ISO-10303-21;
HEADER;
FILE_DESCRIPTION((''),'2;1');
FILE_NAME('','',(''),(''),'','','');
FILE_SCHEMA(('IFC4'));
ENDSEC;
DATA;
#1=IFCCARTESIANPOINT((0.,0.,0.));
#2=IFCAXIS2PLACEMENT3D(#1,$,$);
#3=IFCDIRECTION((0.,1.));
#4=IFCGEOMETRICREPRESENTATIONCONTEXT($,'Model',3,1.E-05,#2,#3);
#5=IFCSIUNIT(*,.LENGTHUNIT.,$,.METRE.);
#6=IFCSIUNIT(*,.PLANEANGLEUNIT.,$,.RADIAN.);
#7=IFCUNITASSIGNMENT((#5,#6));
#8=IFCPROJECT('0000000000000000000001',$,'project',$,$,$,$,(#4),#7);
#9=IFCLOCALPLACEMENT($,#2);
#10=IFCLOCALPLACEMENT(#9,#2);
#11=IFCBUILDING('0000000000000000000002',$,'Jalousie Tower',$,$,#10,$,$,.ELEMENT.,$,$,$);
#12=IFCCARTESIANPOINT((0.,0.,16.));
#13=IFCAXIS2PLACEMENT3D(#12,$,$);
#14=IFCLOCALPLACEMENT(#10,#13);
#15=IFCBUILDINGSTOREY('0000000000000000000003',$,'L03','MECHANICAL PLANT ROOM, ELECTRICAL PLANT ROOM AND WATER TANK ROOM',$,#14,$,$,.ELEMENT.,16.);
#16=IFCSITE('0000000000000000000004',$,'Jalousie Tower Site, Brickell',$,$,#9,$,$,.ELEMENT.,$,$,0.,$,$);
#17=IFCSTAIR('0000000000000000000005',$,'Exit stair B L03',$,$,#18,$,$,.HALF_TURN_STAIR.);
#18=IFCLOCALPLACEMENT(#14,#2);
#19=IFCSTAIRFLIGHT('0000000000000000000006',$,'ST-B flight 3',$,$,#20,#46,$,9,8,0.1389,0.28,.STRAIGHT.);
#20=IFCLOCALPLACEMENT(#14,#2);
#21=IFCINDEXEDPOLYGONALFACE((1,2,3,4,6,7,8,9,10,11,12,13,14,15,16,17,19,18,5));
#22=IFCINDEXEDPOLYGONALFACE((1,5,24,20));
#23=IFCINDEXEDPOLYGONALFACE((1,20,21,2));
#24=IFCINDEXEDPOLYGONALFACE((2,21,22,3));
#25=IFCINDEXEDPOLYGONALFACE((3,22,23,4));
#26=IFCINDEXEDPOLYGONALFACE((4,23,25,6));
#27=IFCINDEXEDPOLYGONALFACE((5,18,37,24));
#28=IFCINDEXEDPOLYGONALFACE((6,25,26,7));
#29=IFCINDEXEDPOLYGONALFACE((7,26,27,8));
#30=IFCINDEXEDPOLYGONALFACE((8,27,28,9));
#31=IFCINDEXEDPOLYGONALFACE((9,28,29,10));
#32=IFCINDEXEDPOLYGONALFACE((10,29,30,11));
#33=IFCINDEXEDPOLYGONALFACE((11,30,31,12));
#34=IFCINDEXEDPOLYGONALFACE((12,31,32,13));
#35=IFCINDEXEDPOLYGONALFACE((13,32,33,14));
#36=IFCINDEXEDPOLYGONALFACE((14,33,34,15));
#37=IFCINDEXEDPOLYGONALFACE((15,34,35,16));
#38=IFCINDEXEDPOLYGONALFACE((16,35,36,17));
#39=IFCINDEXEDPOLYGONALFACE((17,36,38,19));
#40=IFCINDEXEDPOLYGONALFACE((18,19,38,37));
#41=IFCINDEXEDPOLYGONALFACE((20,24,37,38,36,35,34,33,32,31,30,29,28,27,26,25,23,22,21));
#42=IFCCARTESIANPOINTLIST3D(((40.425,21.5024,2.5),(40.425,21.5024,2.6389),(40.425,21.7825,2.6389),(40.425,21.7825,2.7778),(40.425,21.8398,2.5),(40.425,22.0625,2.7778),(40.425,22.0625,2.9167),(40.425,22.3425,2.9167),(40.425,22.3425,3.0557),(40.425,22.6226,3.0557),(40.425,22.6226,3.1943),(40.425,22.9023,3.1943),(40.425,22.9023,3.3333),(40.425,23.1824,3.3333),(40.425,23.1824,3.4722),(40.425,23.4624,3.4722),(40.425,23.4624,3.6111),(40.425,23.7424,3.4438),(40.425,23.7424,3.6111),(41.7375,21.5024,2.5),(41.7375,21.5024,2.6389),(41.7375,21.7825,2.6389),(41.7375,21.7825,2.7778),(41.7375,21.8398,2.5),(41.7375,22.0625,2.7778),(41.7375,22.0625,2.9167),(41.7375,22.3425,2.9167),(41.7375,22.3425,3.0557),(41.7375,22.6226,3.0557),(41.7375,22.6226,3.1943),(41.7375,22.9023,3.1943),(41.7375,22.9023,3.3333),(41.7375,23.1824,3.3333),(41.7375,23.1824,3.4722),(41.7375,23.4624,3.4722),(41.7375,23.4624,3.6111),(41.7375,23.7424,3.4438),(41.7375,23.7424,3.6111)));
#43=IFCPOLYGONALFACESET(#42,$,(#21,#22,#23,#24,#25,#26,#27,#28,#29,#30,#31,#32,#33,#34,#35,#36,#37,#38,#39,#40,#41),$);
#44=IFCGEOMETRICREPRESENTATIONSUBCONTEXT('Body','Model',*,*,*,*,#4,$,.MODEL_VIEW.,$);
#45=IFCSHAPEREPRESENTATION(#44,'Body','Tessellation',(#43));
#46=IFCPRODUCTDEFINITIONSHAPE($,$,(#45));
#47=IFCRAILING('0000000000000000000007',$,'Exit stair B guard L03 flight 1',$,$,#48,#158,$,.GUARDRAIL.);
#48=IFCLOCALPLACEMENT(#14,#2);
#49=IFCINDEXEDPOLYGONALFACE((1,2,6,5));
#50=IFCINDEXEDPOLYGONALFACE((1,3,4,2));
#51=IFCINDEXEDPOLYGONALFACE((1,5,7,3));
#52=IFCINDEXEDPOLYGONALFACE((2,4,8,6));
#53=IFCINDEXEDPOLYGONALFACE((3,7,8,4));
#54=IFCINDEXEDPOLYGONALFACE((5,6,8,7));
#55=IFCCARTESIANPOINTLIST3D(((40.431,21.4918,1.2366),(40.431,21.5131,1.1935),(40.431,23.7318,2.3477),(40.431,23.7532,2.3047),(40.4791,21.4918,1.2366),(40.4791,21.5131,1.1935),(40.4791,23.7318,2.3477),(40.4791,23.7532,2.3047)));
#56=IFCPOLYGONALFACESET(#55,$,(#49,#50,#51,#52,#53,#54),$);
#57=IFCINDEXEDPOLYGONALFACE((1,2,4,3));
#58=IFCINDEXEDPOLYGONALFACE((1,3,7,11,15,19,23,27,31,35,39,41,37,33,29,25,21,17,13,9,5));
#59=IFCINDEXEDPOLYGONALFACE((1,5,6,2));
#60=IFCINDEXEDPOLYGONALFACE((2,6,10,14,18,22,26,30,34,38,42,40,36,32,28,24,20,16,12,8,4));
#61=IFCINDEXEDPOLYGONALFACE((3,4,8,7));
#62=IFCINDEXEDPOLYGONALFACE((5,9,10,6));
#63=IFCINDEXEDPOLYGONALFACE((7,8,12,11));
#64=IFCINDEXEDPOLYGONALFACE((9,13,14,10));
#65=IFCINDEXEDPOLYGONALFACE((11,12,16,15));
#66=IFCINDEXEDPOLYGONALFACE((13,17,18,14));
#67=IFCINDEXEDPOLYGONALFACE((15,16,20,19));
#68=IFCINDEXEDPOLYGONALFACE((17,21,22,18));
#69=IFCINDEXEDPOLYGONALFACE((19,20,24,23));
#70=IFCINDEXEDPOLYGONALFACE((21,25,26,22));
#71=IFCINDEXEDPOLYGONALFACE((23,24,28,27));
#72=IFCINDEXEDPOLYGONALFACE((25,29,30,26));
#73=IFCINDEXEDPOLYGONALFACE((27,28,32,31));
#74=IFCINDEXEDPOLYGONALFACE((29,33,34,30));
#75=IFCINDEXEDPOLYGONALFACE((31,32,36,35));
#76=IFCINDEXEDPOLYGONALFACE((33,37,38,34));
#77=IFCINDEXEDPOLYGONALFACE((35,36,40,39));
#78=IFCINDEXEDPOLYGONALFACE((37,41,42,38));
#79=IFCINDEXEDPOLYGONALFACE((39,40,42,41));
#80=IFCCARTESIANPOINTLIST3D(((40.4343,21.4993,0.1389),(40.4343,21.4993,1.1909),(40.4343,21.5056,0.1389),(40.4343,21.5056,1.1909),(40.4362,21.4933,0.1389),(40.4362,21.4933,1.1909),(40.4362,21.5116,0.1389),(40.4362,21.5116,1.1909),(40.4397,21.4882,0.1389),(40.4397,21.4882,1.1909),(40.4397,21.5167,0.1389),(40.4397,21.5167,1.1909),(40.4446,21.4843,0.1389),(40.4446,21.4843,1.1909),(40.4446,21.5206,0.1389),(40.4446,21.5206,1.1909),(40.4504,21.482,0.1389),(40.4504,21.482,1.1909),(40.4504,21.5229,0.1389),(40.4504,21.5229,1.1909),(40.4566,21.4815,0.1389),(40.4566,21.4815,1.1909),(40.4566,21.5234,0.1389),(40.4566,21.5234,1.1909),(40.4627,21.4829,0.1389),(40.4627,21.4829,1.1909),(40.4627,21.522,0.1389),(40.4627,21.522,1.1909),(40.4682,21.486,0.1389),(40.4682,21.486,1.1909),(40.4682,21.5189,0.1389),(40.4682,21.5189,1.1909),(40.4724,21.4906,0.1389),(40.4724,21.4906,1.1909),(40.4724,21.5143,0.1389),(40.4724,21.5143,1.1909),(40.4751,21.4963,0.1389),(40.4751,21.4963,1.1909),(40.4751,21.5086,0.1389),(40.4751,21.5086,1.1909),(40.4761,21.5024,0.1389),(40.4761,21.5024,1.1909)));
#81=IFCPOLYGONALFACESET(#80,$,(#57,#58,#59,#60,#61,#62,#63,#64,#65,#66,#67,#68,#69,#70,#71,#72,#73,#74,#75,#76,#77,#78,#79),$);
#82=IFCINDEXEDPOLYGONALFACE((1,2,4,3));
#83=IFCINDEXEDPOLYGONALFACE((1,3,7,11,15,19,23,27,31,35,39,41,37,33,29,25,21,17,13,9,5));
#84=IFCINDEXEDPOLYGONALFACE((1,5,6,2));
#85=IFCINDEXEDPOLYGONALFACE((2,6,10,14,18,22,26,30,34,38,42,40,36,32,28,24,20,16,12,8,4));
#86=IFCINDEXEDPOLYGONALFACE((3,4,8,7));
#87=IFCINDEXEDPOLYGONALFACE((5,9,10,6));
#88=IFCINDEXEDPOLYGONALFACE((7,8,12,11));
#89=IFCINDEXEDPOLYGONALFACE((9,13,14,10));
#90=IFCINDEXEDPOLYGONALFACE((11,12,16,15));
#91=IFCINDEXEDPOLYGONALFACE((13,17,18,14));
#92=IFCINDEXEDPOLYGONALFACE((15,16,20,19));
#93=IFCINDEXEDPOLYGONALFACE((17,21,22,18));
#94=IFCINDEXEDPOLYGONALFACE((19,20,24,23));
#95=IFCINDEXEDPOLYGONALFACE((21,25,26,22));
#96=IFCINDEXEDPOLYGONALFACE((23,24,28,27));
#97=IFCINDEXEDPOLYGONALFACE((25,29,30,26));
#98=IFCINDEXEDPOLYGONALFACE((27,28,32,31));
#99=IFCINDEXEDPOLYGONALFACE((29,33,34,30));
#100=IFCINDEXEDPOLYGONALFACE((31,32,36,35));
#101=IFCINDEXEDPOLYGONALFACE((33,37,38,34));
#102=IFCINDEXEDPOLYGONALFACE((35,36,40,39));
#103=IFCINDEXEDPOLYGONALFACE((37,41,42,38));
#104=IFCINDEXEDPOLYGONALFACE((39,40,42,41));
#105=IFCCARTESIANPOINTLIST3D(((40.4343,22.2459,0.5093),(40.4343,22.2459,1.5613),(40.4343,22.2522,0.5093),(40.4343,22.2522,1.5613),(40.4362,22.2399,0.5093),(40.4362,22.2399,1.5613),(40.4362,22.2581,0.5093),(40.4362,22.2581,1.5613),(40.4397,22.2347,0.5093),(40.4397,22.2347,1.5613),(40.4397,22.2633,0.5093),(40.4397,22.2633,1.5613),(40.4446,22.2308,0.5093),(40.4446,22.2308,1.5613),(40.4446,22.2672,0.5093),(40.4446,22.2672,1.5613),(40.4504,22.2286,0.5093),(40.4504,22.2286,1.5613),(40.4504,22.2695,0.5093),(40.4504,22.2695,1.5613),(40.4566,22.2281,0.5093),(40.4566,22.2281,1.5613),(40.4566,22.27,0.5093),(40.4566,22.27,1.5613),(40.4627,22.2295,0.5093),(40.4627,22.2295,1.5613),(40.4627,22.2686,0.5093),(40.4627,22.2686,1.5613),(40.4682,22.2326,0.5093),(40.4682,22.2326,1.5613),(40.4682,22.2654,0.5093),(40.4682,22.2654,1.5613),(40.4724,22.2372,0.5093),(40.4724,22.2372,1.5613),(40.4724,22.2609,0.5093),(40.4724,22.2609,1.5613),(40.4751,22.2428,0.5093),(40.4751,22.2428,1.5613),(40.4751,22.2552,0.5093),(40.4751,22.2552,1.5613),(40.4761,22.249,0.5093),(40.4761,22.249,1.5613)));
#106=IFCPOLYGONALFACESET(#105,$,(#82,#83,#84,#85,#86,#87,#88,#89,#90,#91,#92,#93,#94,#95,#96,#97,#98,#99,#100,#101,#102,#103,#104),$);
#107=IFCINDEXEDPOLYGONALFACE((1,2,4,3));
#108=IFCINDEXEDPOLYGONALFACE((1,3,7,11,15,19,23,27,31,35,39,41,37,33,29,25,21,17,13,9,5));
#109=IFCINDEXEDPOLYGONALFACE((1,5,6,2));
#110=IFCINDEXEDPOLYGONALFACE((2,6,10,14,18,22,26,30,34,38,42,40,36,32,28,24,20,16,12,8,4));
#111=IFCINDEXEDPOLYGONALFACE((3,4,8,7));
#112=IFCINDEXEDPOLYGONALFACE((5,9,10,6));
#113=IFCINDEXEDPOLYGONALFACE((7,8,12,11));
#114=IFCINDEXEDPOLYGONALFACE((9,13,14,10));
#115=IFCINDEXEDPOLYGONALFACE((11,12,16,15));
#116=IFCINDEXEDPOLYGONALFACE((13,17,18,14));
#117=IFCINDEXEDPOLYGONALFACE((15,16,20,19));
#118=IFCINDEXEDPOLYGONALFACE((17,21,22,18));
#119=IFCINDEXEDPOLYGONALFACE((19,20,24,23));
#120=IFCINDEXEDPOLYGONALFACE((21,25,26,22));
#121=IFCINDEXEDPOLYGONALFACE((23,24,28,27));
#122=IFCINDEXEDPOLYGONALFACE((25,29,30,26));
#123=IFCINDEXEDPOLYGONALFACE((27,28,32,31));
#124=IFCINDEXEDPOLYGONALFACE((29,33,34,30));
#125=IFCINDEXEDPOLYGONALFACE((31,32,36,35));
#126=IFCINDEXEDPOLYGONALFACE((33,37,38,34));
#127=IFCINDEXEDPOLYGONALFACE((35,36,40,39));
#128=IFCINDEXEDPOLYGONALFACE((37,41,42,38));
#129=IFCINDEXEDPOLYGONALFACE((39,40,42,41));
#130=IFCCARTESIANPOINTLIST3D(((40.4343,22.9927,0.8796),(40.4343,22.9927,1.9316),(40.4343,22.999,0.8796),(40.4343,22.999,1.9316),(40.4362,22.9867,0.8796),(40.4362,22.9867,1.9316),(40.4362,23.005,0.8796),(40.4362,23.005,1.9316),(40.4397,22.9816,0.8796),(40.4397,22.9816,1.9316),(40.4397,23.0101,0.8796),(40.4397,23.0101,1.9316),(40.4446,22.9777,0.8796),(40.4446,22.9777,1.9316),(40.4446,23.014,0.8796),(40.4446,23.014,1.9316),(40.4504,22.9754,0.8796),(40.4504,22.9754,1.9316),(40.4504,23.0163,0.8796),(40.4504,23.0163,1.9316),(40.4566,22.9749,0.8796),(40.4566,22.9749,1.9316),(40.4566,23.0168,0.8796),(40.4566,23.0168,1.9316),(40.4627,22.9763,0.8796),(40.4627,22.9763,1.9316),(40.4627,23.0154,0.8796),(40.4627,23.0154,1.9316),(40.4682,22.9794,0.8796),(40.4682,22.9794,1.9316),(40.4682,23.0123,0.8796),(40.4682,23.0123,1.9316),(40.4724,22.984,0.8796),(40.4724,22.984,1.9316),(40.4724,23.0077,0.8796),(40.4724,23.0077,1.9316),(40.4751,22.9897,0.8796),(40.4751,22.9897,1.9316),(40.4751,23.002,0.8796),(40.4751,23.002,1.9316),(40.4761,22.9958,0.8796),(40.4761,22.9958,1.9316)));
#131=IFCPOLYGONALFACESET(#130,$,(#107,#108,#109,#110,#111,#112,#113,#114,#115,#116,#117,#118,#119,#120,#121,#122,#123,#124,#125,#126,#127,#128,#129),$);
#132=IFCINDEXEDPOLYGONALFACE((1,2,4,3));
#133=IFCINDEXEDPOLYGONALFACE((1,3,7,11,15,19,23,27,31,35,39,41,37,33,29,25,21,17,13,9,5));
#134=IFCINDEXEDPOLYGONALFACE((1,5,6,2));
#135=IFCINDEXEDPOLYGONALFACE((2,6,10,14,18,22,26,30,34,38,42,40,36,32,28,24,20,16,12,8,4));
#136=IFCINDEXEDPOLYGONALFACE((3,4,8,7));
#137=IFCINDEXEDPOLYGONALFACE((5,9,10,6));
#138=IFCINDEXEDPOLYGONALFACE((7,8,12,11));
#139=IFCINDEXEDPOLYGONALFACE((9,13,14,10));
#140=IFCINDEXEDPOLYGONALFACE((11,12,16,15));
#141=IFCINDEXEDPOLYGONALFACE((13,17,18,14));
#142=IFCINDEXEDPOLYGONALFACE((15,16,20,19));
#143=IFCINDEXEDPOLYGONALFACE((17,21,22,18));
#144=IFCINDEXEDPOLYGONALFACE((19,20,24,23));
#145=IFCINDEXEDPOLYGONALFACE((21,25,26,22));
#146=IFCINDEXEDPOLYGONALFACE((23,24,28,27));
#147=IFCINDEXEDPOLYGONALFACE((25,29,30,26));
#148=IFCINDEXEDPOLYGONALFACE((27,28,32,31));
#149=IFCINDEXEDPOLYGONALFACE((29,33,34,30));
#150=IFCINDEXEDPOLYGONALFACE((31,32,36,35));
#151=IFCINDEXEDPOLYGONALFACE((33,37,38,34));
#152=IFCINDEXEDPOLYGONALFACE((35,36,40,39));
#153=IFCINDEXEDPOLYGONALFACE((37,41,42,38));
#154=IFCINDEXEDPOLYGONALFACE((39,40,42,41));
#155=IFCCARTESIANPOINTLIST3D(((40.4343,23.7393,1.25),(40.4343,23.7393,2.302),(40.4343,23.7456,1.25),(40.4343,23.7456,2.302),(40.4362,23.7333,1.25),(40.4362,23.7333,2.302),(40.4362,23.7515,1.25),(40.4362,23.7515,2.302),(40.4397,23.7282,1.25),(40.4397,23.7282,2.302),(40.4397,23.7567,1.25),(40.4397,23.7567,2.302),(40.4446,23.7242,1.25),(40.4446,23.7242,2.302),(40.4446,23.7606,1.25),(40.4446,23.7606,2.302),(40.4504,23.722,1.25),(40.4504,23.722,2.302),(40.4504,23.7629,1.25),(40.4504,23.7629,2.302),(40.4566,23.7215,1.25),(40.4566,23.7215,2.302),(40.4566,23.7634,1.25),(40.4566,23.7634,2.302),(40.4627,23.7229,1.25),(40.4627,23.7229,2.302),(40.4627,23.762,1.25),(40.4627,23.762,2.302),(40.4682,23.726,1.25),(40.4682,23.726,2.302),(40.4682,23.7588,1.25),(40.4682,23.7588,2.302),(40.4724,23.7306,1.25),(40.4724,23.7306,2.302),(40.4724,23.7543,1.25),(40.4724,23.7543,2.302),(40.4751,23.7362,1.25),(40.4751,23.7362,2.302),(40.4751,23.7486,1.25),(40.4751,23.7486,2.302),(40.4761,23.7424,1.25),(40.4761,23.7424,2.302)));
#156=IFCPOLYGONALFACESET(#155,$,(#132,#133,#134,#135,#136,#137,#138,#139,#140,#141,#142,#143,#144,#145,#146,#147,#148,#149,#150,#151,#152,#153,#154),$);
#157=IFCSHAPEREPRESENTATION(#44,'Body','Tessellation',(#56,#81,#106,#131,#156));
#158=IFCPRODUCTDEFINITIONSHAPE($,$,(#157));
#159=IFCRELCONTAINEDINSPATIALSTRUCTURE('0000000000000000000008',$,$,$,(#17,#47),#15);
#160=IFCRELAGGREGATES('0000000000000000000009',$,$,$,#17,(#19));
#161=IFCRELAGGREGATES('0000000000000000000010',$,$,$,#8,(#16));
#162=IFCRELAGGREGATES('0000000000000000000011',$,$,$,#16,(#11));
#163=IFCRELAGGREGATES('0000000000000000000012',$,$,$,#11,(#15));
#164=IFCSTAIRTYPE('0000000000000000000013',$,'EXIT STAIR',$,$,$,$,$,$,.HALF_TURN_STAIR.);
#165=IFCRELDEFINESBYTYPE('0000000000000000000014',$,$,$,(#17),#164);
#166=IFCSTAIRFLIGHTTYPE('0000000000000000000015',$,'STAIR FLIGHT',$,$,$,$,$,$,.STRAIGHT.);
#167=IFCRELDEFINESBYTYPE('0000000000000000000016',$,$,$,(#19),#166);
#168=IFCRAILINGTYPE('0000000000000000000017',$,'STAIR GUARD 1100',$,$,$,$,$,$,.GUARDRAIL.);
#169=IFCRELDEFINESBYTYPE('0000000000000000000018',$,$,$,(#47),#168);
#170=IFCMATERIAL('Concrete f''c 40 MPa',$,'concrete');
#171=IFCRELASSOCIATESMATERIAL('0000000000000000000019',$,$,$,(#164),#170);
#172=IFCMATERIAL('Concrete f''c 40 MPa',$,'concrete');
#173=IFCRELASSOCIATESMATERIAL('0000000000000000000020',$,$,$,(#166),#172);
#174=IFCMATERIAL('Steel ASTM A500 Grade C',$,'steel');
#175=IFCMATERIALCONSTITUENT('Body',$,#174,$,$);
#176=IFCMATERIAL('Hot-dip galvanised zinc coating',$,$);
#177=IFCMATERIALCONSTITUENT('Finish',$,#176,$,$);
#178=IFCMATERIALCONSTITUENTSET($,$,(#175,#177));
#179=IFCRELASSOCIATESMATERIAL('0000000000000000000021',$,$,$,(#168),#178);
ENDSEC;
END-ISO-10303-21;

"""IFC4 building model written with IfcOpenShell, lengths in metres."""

from ifc_helpers import new_model, si_unit, direction, frame, origin, origin_2d, place, context, subcontext, project, spatial, polyline, rectangle, circle, outline, extrude, material, constituent, constituent_set, type_object, element, aggregate, save


model = new_model("IFC4")

# Units and contexts
model_context = context("Model", 3, precision=1e-05, world=origin(), true_north=direction((0.0, 1.0)))
body_context = subcontext(model_context, "Body", "Model", "MODEL_VIEW")
ifc_project = project(units=[si_unit("LENGTHUNIT", "METRE"), si_unit("PLANEANGLEUNIT", "RADIAN")], contexts=[model_context])

# Site, building, storey
site_placement = place(None, origin())
site = spatial("IfcSite", under=ifc_project, at=site_placement, Name="Jalousie Tower Site, Brickell", CompositionType="ELEMENT", RefElevation=0.0)
building_placement = place(site_placement, origin())
building = spatial("IfcBuilding", under=site, at=building_placement, Name="Jalousie Tower", CompositionType="ELEMENT")
storey_placement = place(building_placement, frame((0.0, 0.0, 16.0)))
storey = spatial("IfcBuildingStorey", under=building, at=storey_placement, Name="L03", Description="MECHANICAL PLANT ROOM, ELECTRICAL PLANT ROOM AND WATER TANK ROOM", CompositionType="ELEMENT", Elevation=16.0)

# Stair, stair flight
ifc_material_1 = material(Name="Concrete f'c 40 MPa", Category="concrete")
stair_type = type_object("IfcStairType", Name="EXIT STAIR", PredefinedType="HALF_TURN_STAIR", material=ifc_material_1)
stair_placement = place(storey_placement, origin())
stair = element("IfcStair", 1, at=stair_placement, inside=storey, type_object=stair_type, Name="Exit stair B L03", PredefinedType="HALF_TURN_STAIR")
ifc_material_2 = material(Name="Concrete f'c 40 MPa", Category="concrete")
stair_flight_type = type_object("IfcStairFlightType", Name="STAIR FLIGHT", PredefinedType="STRAIGHT", material=ifc_material_2)
stair_flight_1_placement = place(storey_placement, frame((41.0813, 21.5024, 2.5), z_axis=(0.0, 0.0, 1.0), x_axis=(0.0, 1.0, 0.0)))
stair_flight_1 = element("IfcStairFlight", 2, at=stair_flight_1_placement, type_object=stair_flight_type, Name="ST-B flight 3", NumberOfRisers=9, NumberOfTreads=8, PredefinedType="STRAIGHT", RiserHeight=0.1389, TreadLength=0.28, context=body_context, shape_type="SweptSolid", body=[
    extrude(outline(polyline([(0.0, 0.0), (0.0, 0.1389), (0.28, 0.1389), (0.28, 0.2778), (0.5601, 0.2778), (0.5601, 0.4167), (0.8401, 0.4167), (0.8401, 0.5557), (1.1201, 0.5557), (1.1201, 0.6943), (1.3999, 0.6943), (1.3999, 0.8333), (1.6799, 0.8333), (1.6799, 0.9722), (1.96, 0.9722), (1.96, 1.1111), (2.24, 1.1111), (2.24, 1.25), (2.24, 0.9438), (0.3374, 0.0), (0.0, 0.0)])), frame((0.0, 0.6562, 0.0), z_axis=(0.0, -1.0, 0.0), x_axis=(1.0, 0.0, 0.0)), (0.0, 0.0, 1.0), 1.3125),
])
aggregate(stair, [stair_flight_1])

# Railing
ifc_material_3 = material(Name="Steel ASTM A500 Grade C", Category="steel")
ifc_constituent_1 = constituent(ifc_material_3, Name="Body")
ifc_material_4 = material(Name="Hot-dip galvanised zinc coating")
ifc_constituent_2 = constituent(ifc_material_4, Name="Finish")
ifc_constituent_set_1 = constituent_set(constituents=[ifc_constituent_1, ifc_constituent_2])
railing_type_1 = type_object("IfcRailingType", Name="STAIR GUARD 1100", PredefinedType="GUARDRAIL", material=ifc_constituent_set_1)
railing_1_placement = place(storey_placement, frame((40.4551, 21.5024, 0.1389)))
element("IfcRailing", 3, at=railing_1_placement, inside=storey, type_object=railing_type_1, Name="Exit stair B guard L03 flight 1", PredefinedType="GUARDRAIL", context=body_context, shape_type="SweptSolid", body=[
    extrude(rectangle(XDim=0.0481, YDim=0.0481, at=origin_2d()), frame((0.0, 0.0, 1.0762), z_axis=(0.0, 0.895848, 0.44436), x_axis=(-1.0, 0.0, 0.0)), (0.0, 0.0, 1.0), 2.5005),
    extrude(circle(Radius=0.021, at=origin_2d()), origin(), (0.0, 0.0, 1.0), 1.052),
    extrude(circle(Radius=0.021, at=origin_2d()), frame((0.0, 0.7466, 0.3704)), (0.0, 0.0, 1.0), 1.052),
    extrude(circle(Radius=0.021, at=origin_2d()), frame((0.0, 1.4934, 0.7407)), (0.0, 0.0, 1.0), 1.052),
    extrude(circle(Radius=0.021, at=origin_2d()), frame((0.0, 2.24, 1.1111)), (0.0, 0.0, 1.0), 1.052),
])

save(model, "model.ifc")
